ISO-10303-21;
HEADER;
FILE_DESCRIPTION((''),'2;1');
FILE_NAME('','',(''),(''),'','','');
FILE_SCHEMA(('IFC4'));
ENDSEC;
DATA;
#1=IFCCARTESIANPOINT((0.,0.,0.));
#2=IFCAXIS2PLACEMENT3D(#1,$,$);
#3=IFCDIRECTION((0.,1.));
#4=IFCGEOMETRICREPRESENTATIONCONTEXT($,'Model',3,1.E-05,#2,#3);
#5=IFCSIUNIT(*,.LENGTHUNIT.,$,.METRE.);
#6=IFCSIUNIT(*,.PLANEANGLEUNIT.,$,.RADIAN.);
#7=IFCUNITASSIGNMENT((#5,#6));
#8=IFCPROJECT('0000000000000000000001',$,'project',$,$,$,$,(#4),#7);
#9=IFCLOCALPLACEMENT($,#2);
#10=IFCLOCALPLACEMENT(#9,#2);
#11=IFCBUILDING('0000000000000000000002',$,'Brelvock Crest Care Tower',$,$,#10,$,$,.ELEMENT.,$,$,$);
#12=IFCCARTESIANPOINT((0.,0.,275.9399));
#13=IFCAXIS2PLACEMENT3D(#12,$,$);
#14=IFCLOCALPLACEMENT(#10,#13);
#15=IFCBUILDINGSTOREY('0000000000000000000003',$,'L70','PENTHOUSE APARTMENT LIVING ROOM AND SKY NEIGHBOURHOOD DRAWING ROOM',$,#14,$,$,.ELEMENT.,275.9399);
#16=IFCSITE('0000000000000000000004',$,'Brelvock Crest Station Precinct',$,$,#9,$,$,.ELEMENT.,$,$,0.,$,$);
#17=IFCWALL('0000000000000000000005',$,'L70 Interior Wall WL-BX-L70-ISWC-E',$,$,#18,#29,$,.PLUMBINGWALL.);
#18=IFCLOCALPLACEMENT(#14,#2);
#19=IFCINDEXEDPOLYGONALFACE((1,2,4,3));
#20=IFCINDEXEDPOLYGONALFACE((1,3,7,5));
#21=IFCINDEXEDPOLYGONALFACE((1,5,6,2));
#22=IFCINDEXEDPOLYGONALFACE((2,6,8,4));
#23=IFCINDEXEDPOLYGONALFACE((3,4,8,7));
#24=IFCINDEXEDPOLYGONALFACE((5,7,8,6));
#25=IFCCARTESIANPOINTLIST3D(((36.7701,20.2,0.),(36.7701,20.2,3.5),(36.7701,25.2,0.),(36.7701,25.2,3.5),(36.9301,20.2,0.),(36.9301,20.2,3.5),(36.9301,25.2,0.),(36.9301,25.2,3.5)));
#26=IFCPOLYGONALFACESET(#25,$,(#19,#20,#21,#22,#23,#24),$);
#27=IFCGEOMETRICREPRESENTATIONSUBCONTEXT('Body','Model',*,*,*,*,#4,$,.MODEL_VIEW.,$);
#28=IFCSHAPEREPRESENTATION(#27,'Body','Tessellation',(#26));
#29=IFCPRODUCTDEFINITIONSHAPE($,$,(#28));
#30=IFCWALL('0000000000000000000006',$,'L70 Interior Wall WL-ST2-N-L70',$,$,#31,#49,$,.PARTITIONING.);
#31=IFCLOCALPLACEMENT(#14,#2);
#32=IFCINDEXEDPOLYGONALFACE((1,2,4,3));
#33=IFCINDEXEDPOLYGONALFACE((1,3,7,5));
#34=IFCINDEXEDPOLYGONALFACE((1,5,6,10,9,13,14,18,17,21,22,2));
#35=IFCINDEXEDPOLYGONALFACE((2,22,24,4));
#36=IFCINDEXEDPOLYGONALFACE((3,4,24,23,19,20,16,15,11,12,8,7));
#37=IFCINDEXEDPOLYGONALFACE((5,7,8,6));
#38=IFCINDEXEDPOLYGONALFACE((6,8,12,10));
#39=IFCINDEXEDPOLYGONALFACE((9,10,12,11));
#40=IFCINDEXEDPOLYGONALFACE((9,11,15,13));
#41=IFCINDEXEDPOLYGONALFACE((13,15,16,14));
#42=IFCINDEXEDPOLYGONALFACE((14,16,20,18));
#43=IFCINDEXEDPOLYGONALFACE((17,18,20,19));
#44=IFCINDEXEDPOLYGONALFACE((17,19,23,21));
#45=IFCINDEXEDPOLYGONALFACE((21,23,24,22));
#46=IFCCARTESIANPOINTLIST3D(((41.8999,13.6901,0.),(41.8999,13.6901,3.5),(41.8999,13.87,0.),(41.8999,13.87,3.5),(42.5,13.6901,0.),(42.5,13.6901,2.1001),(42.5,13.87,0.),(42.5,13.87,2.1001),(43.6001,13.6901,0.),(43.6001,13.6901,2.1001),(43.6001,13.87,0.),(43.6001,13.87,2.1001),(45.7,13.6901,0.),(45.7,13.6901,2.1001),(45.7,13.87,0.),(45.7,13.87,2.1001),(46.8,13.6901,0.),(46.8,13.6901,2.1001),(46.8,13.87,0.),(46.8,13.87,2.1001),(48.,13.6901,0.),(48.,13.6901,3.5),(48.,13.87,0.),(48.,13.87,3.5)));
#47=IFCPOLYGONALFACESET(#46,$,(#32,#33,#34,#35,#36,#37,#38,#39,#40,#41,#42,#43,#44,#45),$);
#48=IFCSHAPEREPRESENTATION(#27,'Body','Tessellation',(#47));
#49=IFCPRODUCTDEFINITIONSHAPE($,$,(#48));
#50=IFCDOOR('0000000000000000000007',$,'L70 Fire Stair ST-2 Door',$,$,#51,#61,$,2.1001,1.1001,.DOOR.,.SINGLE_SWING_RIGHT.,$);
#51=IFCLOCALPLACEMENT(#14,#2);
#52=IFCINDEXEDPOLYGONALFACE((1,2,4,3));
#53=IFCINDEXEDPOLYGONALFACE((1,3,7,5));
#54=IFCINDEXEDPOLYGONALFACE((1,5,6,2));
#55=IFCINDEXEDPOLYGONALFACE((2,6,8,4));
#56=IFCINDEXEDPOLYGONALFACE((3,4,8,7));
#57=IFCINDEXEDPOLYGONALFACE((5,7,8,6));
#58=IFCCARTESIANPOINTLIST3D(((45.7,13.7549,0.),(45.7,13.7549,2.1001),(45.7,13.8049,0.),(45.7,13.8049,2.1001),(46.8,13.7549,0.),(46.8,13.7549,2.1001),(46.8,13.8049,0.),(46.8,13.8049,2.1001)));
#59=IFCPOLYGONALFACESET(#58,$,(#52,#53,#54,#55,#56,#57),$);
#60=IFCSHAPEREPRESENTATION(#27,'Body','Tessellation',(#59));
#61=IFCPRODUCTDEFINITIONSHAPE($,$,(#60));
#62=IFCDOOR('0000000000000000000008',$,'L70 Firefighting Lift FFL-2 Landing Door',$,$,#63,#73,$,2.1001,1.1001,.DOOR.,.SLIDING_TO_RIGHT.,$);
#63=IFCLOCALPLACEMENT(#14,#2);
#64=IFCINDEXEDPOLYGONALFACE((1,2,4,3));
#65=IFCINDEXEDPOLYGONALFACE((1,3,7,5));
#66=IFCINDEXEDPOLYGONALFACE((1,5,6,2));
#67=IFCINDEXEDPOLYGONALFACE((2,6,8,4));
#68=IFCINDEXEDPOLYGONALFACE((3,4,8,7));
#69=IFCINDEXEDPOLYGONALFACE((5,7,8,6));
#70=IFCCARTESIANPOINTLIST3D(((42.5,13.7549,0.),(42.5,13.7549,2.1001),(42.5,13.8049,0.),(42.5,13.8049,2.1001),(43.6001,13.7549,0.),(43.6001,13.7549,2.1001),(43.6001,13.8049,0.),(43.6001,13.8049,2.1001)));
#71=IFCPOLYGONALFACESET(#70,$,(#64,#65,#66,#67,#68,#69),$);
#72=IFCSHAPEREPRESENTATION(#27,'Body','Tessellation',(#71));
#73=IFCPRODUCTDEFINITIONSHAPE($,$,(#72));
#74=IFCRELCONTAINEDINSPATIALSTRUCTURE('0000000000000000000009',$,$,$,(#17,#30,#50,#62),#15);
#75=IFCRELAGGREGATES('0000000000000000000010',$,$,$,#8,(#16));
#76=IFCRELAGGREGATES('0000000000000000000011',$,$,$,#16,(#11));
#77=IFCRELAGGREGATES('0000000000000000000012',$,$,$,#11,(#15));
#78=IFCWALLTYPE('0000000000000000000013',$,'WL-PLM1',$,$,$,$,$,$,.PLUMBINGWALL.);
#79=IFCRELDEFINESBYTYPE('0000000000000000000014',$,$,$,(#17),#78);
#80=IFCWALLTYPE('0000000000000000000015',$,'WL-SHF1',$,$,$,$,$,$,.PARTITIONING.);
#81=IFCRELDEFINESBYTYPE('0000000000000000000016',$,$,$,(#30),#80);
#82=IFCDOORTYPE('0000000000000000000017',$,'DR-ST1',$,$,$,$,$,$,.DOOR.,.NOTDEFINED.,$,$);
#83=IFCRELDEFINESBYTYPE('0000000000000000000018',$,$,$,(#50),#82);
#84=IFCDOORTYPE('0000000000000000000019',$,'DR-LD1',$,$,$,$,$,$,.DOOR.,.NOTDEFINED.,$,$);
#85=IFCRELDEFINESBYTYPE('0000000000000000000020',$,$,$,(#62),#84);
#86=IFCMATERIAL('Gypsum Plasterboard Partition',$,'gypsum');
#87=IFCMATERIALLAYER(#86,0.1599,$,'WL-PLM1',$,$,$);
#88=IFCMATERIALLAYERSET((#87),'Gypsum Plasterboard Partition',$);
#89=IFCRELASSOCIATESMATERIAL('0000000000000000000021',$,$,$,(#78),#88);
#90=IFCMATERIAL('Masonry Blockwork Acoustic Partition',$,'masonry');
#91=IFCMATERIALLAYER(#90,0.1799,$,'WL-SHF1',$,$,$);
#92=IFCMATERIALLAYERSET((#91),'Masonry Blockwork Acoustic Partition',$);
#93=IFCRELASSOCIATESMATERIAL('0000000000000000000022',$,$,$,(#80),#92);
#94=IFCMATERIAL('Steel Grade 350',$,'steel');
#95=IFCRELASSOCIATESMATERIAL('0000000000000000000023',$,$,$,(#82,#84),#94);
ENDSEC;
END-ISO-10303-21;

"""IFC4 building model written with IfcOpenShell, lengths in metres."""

from ifc_helpers import new_model, si_unit, direction, frame, frame_2d, origin, origin_2d, place, context, subcontext, project, spatial, rectangle, extrude, source, transform, mapped, material, layer, layer_set, type_object, element, fill, save


model = new_model("IFC4")

# Units and contexts
model_context = context("Model", 3, precision=1e-05, world=origin(), true_north=direction((0.0, 1.0)))
body_context = subcontext(model_context, "Body", "Model", "MODEL_VIEW")
ifc_project = project(units=[si_unit("LENGTHUNIT", "METRE"), si_unit("PLANEANGLEUNIT", "RADIAN")], contexts=[model_context])

# Site, building, storey
site_placement = place(None, origin())
site = spatial("IfcSite", under=ifc_project, at=site_placement, Name="Brelvock Crest Station Precinct", CompositionType="ELEMENT", RefElevation=0.0)
building_placement = place(site_placement, origin())
building = spatial("IfcBuilding", under=site, at=building_placement, Name="Brelvock Crest Care Tower", CompositionType="ELEMENT")
storey_placement = place(building_placement, frame((0.0, 0.0, 275.9399)))
storey = spatial("IfcBuildingStorey", under=building, at=storey_placement, Name="L70", Description="PENTHOUSE APARTMENT LIVING ROOM AND SKY NEIGHBOURHOOD DRAWING ROOM", CompositionType="ELEMENT", Elevation=275.9399)

# Shared definitions
ifc_material_1 = material(Name="Steel Grade 350", Category="steel")

# Shared definitions
ifc_material_2 = material(Name="Masonry Blockwork Acoustic Partition", Category="masonry")

# Shared definitions
ifc_material_3 = material(Name="Gypsum Plasterboard Partition", Category="gypsum")
ifc_layer_1 = layer(ifc_material_3, 0.1599, Name="WL-PLM1")
ifc_layer_set_1 = layer_set([ifc_layer_1], Name="Gypsum Plasterboard Partition")
wall_type_1 = type_object("IfcWallType", Name="WL-PLM1", PredefinedType="PLUMBINGWALL", material=ifc_layer_set_1)

# Wall
wall_1_placement = place(storey_placement, frame((36.8501, 20.2, 0.0), z_axis=(0.0, 0.0, 1.0), x_axis=(0.0, 1.0, 0.0)))
element("IfcWall", 1, at=wall_1_placement, inside=storey, type_object=wall_type_1, Name="L70 Interior Wall WL-BX-L70-ISWC-E", PredefinedType="PLUMBINGWALL", context=body_context, shape_type="SweptSolid", body=[
    extrude(rectangle(XDim=5.0, YDim=0.1599, at=frame_2d((2.5, 0.0))), origin(), (0.0, 0.0, 1.0), 3.5),
])

# Wall, openings, doors
ifc_layer_2 = layer(ifc_material_2, 0.1799, Name="WL-SHF1")
ifc_layer_set_2 = layer_set([ifc_layer_2], Name="Masonry Blockwork Acoustic Partition")
wall_type_2 = type_object("IfcWallType", Name="WL-SHF1", PredefinedType="PARTITIONING", material=ifc_layer_set_2)
wall_2_placement = place(storey_placement, frame((41.8999, 13.78, 0.0), z_axis=(0.0, 0.0, 1.0), x_axis=(1.0, 0.0, 0.0)))
wall_2 = element("IfcWall", 2, at=wall_2_placement, inside=storey, type_object=wall_type_2, Name="L70 Interior Wall WL-ST2-N-L70", PredefinedType="PARTITIONING", context=body_context, shape_type="SweptSolid", body=[
    extrude(rectangle(XDim=6.1001, YDim=0.1799, at=frame_2d((3.05, 0.0))), origin(), (0.0, 0.0, 1.0), 3.5),
])
opening_1_placement = place(wall_2_placement, frame((0.6001, 0.0, 0.0)))
opening_1 = element("IfcOpeningElement", 3, at=opening_1_placement, cuts=wall_2, PredefinedType="OPENING", context=body_context, shape_type="SweptSolid", body=[
    extrude(rectangle(XDim=1.1001, YDim=2.1001, at=origin_2d()), frame((0.55, 0.1001, 1.05), z_axis=(0.0, -1.0, 0.0), x_axis=(1.0, 0.0, 0.0)), (0.0, 0.0, 1.0), 0.2),
])
opening_2_placement = place(wall_2_placement, frame((3.8, 0.0, 0.0)))
opening_2 = element("IfcOpeningElement", 4, at=opening_2_placement, cuts=wall_2, PredefinedType="OPENING", context=body_context, shape_type="SweptSolid", body=[
    extrude(rectangle(XDim=1.1001, YDim=2.1001, at=origin_2d()), frame((0.55, 0.1001, 1.05), z_axis=(0.0, -1.0, 0.0), x_axis=(1.0, 0.0, 0.0)), (0.0, 0.0, 1.0), 0.2),
])
door_type_1 = type_object("IfcDoorType", Name="DR-ST1", OperationType="NOTDEFINED", PredefinedType="DOOR", material=ifc_material_1)
shared_shape_1 = source(origin(), body_context, "Body", "SweptSolid", [
    extrude(rectangle(XDim=1.1001, YDim=2.1001, at=origin_2d()), frame((0.55, 0.0249, 1.05), z_axis=(0.0, -1.0, 0.0), x_axis=(1.0, 0.0, 0.0)), (0.0, 0.0, 1.0), 0.05),
])
door_1_placement = place(opening_2_placement, origin())
door_1 = element("IfcDoor", 5, at=door_1_placement, inside=storey, type_object=door_type_1, Name="L70 Fire Stair ST-2 Door", OperationType="SINGLE_SWING_RIGHT", OverallHeight=2.1001, OverallWidth=1.1001, PredefinedType="DOOR", context=body_context, shape_type="MappedRepresentation", body=[
    mapped(shared_shape_1, transform((0.0, 0.0, 0.0), x_axis=(1.0, 0.0, 0.0), y_axis=(0.0, 1.0, 0.0), z_axis=(0.0, 0.0, 1.0), scale=1.0)),
])
fill(opening_2, door_1)
door_type_2 = type_object("IfcDoorType", Name="DR-LD1", OperationType="NOTDEFINED", PredefinedType="DOOR", material=ifc_material_1)
shared_shape_2 = source(origin(), body_context, "Body", "SweptSolid", [
    extrude(rectangle(XDim=1.1001, YDim=2.1001, at=origin_2d()), frame((0.55, 0.0249, 1.05), z_axis=(0.0, -1.0, 0.0), x_axis=(1.0, 0.0, 0.0)), (0.0, 0.0, 1.0), 0.05),
])
door_2_placement = place(opening_1_placement, origin())
door_2 = element("IfcDoor", 6, at=door_2_placement, inside=storey, type_object=door_type_2, Name="L70 Firefighting Lift FFL-2 Landing Door", OperationType="SLIDING_TO_RIGHT", OverallHeight=2.1001, OverallWidth=1.1001, PredefinedType="DOOR", context=body_context, shape_type="MappedRepresentation", body=[
    mapped(shared_shape_2, transform((0.0, 0.0, 0.0), x_axis=(1.0, 0.0, 0.0), y_axis=(0.0, 1.0, 0.0), z_axis=(0.0, 0.0, 1.0), scale=1.0)),
])
fill(opening_1, door_2)

save(model, "model.ifc")
